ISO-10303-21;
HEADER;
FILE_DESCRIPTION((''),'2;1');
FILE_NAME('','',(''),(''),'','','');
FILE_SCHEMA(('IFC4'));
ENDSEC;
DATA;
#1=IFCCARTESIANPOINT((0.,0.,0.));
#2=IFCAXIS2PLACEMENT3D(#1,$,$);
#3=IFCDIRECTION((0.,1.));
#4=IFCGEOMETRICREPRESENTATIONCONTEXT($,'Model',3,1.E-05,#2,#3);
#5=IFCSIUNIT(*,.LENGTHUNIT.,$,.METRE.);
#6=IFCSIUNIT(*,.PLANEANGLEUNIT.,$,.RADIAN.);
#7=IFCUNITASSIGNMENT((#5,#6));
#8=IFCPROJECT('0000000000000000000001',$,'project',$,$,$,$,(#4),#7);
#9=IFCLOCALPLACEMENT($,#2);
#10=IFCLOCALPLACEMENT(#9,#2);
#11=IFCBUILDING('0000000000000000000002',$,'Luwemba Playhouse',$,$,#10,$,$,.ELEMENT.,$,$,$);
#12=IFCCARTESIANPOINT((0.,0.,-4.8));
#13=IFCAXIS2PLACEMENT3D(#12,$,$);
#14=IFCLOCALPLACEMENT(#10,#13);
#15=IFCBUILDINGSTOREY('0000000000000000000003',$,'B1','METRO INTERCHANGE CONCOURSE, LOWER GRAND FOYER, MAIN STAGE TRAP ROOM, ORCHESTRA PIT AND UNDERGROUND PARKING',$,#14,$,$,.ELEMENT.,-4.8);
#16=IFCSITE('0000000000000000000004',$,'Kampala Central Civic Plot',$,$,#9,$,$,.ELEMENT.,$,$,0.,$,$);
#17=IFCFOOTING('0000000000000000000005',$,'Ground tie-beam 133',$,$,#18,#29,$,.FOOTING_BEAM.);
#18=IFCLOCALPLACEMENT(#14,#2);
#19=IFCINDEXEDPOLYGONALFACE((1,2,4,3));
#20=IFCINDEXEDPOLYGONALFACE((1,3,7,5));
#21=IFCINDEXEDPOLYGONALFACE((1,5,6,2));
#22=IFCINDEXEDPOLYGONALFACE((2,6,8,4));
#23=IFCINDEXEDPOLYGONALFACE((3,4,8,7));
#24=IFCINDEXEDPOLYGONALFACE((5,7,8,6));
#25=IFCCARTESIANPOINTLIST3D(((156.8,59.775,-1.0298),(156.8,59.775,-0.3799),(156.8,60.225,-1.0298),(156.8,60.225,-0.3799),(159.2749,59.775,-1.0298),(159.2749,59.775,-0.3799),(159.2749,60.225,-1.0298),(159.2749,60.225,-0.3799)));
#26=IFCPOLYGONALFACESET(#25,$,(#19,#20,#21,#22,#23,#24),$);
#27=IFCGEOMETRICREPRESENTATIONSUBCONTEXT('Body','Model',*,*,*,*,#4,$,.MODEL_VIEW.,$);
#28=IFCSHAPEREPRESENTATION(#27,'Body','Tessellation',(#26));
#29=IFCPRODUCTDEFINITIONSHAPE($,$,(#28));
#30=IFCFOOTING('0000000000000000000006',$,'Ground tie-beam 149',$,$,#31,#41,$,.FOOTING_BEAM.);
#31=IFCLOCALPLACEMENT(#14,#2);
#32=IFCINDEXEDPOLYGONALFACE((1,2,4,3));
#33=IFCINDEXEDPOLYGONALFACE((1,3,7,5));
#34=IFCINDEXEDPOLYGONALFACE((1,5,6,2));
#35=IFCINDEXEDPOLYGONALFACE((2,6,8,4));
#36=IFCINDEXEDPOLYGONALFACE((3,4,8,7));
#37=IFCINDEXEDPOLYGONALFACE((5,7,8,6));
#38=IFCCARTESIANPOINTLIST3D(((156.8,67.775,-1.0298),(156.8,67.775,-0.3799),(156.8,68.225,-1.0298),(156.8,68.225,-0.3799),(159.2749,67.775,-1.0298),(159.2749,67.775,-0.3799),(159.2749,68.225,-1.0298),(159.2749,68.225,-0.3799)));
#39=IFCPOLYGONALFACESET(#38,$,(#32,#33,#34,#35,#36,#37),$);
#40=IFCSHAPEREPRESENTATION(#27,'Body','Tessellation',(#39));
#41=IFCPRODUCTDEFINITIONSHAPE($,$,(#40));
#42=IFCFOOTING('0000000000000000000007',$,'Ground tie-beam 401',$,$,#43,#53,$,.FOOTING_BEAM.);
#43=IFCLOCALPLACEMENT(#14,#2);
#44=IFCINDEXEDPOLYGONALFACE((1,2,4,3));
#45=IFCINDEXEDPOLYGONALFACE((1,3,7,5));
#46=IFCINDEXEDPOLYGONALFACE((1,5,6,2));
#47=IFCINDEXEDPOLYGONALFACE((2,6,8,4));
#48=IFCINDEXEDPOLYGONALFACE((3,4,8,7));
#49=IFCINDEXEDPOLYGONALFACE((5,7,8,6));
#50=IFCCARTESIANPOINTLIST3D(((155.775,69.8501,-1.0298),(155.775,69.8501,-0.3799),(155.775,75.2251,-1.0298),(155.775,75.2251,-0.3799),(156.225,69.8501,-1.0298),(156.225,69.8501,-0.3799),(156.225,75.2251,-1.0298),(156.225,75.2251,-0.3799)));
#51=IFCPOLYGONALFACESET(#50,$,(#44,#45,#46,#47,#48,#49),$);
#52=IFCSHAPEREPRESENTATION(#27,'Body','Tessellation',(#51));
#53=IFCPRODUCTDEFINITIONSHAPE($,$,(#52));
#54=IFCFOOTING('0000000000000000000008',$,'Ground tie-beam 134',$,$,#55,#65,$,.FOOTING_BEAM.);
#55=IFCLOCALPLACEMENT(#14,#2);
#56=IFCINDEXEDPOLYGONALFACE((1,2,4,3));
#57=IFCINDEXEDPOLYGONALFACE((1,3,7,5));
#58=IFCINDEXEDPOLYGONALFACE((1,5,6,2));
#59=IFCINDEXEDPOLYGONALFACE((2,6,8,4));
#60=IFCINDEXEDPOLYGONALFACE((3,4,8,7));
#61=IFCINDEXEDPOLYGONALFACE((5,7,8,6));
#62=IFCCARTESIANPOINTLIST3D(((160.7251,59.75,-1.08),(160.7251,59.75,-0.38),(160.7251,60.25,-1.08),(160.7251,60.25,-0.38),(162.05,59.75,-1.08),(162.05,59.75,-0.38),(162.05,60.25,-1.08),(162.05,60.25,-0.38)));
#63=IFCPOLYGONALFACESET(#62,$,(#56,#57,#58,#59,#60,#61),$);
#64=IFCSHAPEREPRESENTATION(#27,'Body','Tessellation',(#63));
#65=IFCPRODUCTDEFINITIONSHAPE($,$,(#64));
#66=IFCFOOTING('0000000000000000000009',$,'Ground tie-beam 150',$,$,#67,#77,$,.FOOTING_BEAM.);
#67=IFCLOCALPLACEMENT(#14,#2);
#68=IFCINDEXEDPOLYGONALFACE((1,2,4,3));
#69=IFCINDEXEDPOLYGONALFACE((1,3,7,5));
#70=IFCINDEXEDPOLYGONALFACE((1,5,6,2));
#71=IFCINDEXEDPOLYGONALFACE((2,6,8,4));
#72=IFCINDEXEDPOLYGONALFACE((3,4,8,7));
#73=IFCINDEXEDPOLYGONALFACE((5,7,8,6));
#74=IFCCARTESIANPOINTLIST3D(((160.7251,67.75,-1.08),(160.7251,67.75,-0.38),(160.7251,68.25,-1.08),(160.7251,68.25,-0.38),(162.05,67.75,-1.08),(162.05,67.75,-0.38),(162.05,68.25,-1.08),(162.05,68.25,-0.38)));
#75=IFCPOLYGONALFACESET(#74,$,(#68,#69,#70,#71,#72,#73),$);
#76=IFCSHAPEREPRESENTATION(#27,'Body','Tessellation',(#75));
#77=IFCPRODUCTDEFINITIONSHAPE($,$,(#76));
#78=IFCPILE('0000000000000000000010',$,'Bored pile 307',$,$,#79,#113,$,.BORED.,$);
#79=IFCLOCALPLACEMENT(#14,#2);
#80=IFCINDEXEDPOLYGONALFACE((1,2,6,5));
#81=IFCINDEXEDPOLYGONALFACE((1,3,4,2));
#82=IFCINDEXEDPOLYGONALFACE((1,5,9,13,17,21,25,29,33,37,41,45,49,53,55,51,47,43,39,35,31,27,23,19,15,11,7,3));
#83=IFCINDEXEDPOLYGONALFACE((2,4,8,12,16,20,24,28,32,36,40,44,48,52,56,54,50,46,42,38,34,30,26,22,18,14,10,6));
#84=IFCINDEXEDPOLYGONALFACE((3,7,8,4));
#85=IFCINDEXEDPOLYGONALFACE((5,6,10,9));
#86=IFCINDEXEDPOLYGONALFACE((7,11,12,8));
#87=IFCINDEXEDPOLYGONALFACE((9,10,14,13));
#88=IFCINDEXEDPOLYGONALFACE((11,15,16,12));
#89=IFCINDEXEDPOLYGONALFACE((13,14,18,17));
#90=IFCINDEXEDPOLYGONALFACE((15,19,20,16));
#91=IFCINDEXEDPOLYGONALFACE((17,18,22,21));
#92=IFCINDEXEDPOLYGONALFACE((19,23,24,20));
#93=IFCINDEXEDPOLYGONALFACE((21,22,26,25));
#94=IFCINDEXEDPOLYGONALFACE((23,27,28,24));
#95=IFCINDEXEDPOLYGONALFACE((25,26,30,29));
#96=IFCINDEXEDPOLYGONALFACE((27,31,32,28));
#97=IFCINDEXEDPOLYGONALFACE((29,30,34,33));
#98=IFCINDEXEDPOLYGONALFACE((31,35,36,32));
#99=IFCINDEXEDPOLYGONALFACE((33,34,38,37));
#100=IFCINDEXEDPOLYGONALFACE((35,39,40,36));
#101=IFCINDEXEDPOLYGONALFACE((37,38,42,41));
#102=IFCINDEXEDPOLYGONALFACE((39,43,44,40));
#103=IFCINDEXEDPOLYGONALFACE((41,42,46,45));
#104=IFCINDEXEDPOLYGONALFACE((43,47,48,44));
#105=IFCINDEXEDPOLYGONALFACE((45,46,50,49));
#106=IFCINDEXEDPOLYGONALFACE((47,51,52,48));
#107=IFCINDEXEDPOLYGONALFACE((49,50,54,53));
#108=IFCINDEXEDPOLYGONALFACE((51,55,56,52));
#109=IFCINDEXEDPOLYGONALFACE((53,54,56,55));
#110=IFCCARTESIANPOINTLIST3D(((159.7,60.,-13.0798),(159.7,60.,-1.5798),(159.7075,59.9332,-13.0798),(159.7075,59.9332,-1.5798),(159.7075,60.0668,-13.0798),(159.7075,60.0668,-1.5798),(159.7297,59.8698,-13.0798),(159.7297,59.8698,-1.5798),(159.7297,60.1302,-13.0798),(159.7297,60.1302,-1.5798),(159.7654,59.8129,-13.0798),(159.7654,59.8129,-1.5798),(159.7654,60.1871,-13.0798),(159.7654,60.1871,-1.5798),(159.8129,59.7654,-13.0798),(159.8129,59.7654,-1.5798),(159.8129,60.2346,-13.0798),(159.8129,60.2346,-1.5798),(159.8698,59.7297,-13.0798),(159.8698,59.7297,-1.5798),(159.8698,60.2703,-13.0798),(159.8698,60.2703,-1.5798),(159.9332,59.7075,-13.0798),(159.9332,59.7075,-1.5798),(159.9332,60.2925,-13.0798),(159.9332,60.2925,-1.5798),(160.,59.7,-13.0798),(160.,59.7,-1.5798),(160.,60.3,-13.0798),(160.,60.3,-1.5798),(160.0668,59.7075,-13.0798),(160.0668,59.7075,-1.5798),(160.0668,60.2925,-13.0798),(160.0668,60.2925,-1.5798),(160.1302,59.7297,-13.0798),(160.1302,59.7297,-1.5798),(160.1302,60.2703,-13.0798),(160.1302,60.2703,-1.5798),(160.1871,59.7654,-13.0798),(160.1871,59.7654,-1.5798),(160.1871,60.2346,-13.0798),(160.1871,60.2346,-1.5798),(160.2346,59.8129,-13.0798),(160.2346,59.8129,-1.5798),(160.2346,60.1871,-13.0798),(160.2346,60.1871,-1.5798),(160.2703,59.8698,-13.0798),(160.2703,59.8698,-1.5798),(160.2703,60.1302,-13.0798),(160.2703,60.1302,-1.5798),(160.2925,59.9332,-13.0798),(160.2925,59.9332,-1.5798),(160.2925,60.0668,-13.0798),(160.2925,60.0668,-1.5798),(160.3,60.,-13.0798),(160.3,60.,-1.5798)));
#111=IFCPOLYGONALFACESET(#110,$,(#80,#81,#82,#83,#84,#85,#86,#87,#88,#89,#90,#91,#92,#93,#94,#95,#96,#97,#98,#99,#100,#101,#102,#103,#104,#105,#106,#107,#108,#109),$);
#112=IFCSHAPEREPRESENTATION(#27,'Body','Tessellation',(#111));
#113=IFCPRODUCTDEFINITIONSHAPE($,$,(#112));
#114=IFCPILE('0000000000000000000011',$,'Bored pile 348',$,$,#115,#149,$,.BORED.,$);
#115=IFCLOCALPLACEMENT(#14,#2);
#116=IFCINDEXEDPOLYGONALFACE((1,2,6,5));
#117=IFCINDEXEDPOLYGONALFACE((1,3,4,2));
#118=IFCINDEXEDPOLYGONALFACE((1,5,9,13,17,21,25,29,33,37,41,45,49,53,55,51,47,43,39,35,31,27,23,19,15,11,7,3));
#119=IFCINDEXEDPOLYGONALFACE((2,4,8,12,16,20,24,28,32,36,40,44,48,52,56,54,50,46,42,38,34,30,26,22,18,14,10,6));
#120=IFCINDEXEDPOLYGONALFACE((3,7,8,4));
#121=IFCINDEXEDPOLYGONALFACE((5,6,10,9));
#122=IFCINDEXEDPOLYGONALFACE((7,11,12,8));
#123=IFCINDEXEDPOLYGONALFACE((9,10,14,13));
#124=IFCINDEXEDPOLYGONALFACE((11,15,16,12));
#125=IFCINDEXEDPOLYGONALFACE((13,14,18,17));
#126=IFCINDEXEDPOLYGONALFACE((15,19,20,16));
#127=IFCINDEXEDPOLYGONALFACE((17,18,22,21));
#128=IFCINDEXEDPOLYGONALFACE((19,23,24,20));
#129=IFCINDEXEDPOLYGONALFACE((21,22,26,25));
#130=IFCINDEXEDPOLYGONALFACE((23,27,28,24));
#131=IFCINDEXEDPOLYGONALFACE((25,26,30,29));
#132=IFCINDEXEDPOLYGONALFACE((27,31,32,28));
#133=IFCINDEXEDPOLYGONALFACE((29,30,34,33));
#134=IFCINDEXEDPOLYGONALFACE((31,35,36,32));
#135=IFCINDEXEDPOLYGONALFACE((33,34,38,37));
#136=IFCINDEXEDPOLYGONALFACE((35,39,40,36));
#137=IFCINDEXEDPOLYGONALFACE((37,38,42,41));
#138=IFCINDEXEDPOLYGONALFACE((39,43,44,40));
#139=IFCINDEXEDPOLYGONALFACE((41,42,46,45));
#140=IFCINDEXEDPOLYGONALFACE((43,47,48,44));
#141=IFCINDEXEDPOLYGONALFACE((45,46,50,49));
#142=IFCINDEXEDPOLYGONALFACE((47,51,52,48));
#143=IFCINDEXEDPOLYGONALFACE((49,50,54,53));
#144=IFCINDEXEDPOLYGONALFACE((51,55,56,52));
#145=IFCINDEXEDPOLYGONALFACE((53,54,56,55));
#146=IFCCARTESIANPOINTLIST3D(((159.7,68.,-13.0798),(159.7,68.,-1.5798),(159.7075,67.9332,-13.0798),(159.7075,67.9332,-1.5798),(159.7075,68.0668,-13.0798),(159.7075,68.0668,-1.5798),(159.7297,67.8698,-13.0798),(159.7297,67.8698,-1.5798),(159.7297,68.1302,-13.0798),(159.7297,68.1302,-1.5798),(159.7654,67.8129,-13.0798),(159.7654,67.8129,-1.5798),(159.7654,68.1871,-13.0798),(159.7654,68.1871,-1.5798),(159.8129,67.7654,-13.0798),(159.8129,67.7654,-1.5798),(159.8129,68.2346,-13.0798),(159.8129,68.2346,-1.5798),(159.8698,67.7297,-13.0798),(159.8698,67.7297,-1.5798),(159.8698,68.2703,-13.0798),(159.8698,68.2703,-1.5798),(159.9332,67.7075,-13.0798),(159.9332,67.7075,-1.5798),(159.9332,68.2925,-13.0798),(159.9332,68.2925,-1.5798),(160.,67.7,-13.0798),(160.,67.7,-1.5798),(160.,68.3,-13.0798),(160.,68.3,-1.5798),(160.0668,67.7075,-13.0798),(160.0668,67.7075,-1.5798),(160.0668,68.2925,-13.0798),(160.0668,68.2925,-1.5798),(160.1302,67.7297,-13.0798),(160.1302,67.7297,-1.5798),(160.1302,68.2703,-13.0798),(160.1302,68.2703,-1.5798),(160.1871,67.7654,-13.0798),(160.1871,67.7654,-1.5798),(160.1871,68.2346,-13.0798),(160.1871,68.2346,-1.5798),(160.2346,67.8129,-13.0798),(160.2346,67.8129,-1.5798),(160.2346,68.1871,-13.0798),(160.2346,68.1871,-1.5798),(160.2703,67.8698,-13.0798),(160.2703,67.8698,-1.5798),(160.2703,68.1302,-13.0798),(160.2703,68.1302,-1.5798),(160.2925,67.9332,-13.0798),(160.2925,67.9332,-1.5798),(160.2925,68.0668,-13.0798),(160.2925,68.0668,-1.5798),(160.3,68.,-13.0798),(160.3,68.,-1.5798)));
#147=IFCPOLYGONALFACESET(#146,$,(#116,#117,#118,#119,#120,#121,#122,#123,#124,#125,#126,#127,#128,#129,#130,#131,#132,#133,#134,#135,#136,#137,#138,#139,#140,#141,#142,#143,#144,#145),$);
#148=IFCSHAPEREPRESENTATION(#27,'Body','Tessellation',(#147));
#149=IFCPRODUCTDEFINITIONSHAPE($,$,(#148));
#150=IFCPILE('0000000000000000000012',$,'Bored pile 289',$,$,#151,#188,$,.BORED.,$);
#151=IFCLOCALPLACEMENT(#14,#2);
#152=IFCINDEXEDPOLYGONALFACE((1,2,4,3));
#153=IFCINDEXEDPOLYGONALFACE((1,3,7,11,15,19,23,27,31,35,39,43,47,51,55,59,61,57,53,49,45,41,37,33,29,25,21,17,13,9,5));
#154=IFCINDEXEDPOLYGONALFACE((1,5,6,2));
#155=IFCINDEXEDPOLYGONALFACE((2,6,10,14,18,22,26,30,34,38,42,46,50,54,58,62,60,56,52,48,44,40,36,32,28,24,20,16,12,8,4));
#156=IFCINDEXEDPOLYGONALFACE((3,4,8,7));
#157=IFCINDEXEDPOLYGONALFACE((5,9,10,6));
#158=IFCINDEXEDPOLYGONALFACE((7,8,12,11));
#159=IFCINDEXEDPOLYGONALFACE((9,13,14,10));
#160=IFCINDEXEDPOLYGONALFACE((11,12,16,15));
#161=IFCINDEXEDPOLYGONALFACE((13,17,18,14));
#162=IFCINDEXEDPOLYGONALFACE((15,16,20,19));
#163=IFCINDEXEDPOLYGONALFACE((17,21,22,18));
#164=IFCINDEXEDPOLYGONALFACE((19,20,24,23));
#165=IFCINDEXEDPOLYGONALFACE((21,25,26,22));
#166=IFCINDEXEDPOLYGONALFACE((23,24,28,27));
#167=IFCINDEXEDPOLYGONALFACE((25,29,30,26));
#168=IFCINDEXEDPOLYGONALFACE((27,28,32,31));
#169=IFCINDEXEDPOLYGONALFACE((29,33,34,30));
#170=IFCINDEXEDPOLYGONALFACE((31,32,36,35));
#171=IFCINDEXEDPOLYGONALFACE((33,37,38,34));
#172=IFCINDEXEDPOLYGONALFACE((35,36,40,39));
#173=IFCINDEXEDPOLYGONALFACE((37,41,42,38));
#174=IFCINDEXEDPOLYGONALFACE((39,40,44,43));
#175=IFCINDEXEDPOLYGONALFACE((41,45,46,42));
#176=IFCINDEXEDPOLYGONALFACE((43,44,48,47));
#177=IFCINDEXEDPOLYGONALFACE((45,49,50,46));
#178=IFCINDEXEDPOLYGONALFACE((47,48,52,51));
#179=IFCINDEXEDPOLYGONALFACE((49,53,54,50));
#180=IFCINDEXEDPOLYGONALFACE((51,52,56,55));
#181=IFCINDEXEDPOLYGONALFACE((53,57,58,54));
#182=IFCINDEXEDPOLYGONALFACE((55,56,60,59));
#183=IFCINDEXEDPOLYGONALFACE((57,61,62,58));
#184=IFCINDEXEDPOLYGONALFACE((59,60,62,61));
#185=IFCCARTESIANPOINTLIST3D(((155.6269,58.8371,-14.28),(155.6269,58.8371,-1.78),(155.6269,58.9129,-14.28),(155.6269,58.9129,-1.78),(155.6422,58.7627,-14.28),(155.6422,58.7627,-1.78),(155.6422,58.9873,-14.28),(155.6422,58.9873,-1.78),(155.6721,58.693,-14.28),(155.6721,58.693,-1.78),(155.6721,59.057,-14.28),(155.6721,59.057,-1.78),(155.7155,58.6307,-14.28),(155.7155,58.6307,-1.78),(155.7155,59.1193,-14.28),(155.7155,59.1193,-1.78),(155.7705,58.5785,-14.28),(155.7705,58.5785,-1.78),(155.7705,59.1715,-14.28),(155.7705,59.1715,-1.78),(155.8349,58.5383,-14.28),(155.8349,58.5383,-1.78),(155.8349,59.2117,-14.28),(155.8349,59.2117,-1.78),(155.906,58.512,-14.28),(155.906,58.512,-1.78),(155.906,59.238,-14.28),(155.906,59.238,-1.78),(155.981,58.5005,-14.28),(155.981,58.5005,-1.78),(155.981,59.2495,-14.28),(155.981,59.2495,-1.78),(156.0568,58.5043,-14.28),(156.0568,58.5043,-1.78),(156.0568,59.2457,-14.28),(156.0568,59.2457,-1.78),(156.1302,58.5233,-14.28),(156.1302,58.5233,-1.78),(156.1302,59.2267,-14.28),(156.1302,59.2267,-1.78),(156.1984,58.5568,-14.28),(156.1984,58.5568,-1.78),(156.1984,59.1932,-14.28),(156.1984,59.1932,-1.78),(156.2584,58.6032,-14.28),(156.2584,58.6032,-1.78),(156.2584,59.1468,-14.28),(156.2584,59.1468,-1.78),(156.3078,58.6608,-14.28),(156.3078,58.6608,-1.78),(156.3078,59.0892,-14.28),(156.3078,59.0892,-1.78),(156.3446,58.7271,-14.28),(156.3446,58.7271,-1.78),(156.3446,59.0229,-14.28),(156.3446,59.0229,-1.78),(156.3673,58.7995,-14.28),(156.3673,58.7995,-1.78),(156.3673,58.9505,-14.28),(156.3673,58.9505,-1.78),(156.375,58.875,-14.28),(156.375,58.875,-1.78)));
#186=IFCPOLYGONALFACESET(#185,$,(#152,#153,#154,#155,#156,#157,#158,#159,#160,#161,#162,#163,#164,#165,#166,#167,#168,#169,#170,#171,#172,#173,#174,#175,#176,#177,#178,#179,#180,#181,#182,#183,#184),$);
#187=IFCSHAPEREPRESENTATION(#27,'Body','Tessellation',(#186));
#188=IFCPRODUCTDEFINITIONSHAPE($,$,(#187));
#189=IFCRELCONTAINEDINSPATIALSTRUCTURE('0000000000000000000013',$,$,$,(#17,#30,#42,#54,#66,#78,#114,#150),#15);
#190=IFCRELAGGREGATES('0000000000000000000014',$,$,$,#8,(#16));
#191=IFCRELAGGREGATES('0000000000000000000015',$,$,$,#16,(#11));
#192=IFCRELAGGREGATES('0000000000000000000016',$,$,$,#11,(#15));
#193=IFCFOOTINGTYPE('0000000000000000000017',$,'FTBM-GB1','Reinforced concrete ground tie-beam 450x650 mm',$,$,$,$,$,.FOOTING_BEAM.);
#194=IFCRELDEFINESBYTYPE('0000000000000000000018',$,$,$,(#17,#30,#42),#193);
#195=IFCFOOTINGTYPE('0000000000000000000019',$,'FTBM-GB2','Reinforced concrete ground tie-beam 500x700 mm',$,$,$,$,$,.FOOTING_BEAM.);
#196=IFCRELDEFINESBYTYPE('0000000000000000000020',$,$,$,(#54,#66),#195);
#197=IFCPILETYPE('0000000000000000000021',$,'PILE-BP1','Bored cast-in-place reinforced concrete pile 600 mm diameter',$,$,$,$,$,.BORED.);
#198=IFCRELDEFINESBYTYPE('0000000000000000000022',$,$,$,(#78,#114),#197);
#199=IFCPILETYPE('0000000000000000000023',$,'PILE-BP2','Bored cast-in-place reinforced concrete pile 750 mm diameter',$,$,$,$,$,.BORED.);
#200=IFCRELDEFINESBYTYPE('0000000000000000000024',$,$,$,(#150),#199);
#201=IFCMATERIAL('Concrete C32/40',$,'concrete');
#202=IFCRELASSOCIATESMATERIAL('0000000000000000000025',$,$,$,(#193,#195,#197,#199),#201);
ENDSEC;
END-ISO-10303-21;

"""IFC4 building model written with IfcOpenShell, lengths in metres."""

from ifc_helpers import new_model, si_unit, direction, frame, origin, origin_2d, place, context, subcontext, project, spatial, rectangle, circle, extrude, material, material_profile, profile_set, type_object, element, save


model = new_model("IFC4")

# Units and contexts
model_context = context("Model", 3, precision=1e-05, world=origin(), true_north=direction((0.0, 1.0)))
body_context = subcontext(model_context, "Body", "Model", "MODEL_VIEW")
ifc_project = project(units=[si_unit("LENGTHUNIT", "METRE"), si_unit("PLANEANGLEUNIT", "RADIAN")], contexts=[model_context])

# Site, building, storey
site_placement = place(None, origin())
site = spatial("IfcSite", under=ifc_project, at=site_placement, Name="Kampala Central Civic Plot", CompositionType="ELEMENT", RefElevation=0.0)
building_placement = place(site_placement, origin())
building = spatial("IfcBuilding", under=site, at=building_placement, Name="Luwemba Playhouse", CompositionType="ELEMENT")
storey_placement = place(building_placement, frame((0.0, 0.0, -4.8)))
storey = spatial("IfcBuildingStorey", under=building, at=storey_placement, Name="B1", Description="METRO INTERCHANGE CONCOURSE, LOWER GRAND FOYER, MAIN STAGE TRAP ROOM, ORCHESTRA PIT AND UNDERGROUND PARKING", CompositionType="ELEMENT", Elevation=-4.8)

# Footings
ifc_material_1 = material(Name="Concrete C32/40", Category="concrete")
ifc_material_profile_1 = material_profile(ifc_material_1, rectangle(XDim=0.45, YDim=0.6499, at=origin_2d()))
ifc_profile_set_1 = profile_set([ifc_material_profile_1], Name="Concrete C32/40")
footing_type_1 = type_object("IfcFootingType", Name="FTBM-GB1", Description="Reinforced concrete ground tie-beam 450x650 mm", PredefinedType="FOOTING_BEAM", material=ifc_profile_set_1)
for number, where, z_axis, x_axis, name in (
    (1, (156.8, 60.0, -0.7048), (1.0, 0.0, 0.0), (0.0, 1.0, 0.0), "Ground tie-beam 133"),
    (2, (156.8, 68.0, -0.7048), (1.0, 0.0, 0.0), (0.0, 1.0, 0.0), "Ground tie-beam 149"),
):
    element("IfcFooting", number, at=place(storey_placement, frame(where, z_axis=z_axis, x_axis=x_axis)), inside=storey, type_object=footing_type_1, Name=name, PredefinedType="FOOTING_BEAM", context=body_context, shape_type="SweptSolid", body=[
        extrude(rectangle(XDim=0.45, YDim=0.6499, at=origin_2d()), origin(), (0.0, 0.0, 1.0), 2.4749),
    ])
footing_placement = place(storey_placement, frame((156.0, 69.8501, -0.7048), z_axis=(0.0, 1.0, 0.0), x_axis=(-1.0, 0.0, 0.0)))
element("IfcFooting", 3, at=footing_placement, inside=storey, type_object=footing_type_1, Name="Ground tie-beam 401", PredefinedType="FOOTING_BEAM", context=body_context, shape_type="SweptSolid", body=[
    extrude(rectangle(XDim=0.45, YDim=0.6499, at=origin_2d()), origin(), (0.0, 0.0, 1.0), 5.375),
])
ifc_material_profile_2 = material_profile(ifc_material_1, rectangle(XDim=0.5, YDim=0.7, at=origin_2d()))
ifc_profile_set_2 = profile_set([ifc_material_profile_2], Name="Concrete C32/40")
footing_type_2 = type_object("IfcFootingType", Name="FTBM-GB2", Description="Reinforced concrete ground tie-beam 500x700 mm", PredefinedType="FOOTING_BEAM", material=ifc_profile_set_2)
for number, where, z_axis, x_axis, name in (
    (4, (160.7251, 60.0, -0.73), (1.0, 0.0, 0.0), (0.0, 1.0, 0.0), "Ground tie-beam 134"),
    (5, (160.7251, 68.0, -0.73), (1.0, 0.0, 0.0), (0.0, 1.0, 0.0), "Ground tie-beam 150"),
):
    element("IfcFooting", number, at=place(storey_placement, frame(where, z_axis=z_axis, x_axis=x_axis)), inside=storey, type_object=footing_type_2, Name=name, PredefinedType="FOOTING_BEAM", context=body_context, shape_type="SweptSolid", body=[
        extrude(rectangle(XDim=0.5, YDim=0.7, at=origin_2d()), origin(), (0.0, 0.0, 1.0), 1.325),
    ])

# Piles
ifc_material_profile_3 = material_profile(ifc_material_1, circle(Radius=0.3, at=origin_2d()))
ifc_profile_set_3 = profile_set([ifc_material_profile_3], Name="Concrete C32/40")
pile_type_1 = type_object("IfcPileType", Name="PILE-BP1", Description="Bored cast-in-place reinforced concrete pile 600 mm diameter", PredefinedType="BORED", material=ifc_profile_set_3)
for number, where, z_axis, x_axis, name in (
    (6, (160.0, 60.0, -1.5798), (0.0, 0.0, -1.0), (1.0, 0.0, 0.0), "Bored pile 307"),
    (7, (160.0, 68.0, -1.5798), (0.0, 0.0, -1.0), (1.0, 0.0, 0.0), "Bored pile 348"),
):
    element("IfcPile", number, at=place(storey_placement, frame(where, z_axis=z_axis, x_axis=x_axis)), inside=storey, type_object=pile_type_1, Name=name, PredefinedType="BORED", context=body_context, shape_type="SweptSolid", body=[
        extrude(circle(Radius=0.3, at=origin_2d()), origin(), (0.0, 0.0, 1.0), 11.5),
    ])
ifc_material_profile_4 = material_profile(ifc_material_1, circle(Radius=0.375, at=origin_2d()))
ifc_profile_set_4 = profile_set([ifc_material_profile_4], Name="Concrete C32/40")
pile_type_2 = type_object("IfcPileType", Name="PILE-BP2", Description="Bored cast-in-place reinforced concrete pile 750 mm diameter", PredefinedType="BORED", material=ifc_profile_set_4)
for number, where, z_axis, x_axis, name in (
    (8, (156.0, 58.875, -1.78), (0.0, 0.0, -1.0), (1.0, 0.0, 0.0), "Bored pile 289"),
):
    element("IfcPile", number, at=place(storey_placement, frame(where, z_axis=z_axis, x_axis=x_axis)), inside=storey, type_object=pile_type_2, Name=name, PredefinedType="BORED", context=body_context, shape_type="SweptSolid", body=[
        extrude(circle(Radius=0.375, at=origin_2d()), origin(), (0.0, 0.0, 1.0), 12.5),
    ])

save(model, "model.ifc")
